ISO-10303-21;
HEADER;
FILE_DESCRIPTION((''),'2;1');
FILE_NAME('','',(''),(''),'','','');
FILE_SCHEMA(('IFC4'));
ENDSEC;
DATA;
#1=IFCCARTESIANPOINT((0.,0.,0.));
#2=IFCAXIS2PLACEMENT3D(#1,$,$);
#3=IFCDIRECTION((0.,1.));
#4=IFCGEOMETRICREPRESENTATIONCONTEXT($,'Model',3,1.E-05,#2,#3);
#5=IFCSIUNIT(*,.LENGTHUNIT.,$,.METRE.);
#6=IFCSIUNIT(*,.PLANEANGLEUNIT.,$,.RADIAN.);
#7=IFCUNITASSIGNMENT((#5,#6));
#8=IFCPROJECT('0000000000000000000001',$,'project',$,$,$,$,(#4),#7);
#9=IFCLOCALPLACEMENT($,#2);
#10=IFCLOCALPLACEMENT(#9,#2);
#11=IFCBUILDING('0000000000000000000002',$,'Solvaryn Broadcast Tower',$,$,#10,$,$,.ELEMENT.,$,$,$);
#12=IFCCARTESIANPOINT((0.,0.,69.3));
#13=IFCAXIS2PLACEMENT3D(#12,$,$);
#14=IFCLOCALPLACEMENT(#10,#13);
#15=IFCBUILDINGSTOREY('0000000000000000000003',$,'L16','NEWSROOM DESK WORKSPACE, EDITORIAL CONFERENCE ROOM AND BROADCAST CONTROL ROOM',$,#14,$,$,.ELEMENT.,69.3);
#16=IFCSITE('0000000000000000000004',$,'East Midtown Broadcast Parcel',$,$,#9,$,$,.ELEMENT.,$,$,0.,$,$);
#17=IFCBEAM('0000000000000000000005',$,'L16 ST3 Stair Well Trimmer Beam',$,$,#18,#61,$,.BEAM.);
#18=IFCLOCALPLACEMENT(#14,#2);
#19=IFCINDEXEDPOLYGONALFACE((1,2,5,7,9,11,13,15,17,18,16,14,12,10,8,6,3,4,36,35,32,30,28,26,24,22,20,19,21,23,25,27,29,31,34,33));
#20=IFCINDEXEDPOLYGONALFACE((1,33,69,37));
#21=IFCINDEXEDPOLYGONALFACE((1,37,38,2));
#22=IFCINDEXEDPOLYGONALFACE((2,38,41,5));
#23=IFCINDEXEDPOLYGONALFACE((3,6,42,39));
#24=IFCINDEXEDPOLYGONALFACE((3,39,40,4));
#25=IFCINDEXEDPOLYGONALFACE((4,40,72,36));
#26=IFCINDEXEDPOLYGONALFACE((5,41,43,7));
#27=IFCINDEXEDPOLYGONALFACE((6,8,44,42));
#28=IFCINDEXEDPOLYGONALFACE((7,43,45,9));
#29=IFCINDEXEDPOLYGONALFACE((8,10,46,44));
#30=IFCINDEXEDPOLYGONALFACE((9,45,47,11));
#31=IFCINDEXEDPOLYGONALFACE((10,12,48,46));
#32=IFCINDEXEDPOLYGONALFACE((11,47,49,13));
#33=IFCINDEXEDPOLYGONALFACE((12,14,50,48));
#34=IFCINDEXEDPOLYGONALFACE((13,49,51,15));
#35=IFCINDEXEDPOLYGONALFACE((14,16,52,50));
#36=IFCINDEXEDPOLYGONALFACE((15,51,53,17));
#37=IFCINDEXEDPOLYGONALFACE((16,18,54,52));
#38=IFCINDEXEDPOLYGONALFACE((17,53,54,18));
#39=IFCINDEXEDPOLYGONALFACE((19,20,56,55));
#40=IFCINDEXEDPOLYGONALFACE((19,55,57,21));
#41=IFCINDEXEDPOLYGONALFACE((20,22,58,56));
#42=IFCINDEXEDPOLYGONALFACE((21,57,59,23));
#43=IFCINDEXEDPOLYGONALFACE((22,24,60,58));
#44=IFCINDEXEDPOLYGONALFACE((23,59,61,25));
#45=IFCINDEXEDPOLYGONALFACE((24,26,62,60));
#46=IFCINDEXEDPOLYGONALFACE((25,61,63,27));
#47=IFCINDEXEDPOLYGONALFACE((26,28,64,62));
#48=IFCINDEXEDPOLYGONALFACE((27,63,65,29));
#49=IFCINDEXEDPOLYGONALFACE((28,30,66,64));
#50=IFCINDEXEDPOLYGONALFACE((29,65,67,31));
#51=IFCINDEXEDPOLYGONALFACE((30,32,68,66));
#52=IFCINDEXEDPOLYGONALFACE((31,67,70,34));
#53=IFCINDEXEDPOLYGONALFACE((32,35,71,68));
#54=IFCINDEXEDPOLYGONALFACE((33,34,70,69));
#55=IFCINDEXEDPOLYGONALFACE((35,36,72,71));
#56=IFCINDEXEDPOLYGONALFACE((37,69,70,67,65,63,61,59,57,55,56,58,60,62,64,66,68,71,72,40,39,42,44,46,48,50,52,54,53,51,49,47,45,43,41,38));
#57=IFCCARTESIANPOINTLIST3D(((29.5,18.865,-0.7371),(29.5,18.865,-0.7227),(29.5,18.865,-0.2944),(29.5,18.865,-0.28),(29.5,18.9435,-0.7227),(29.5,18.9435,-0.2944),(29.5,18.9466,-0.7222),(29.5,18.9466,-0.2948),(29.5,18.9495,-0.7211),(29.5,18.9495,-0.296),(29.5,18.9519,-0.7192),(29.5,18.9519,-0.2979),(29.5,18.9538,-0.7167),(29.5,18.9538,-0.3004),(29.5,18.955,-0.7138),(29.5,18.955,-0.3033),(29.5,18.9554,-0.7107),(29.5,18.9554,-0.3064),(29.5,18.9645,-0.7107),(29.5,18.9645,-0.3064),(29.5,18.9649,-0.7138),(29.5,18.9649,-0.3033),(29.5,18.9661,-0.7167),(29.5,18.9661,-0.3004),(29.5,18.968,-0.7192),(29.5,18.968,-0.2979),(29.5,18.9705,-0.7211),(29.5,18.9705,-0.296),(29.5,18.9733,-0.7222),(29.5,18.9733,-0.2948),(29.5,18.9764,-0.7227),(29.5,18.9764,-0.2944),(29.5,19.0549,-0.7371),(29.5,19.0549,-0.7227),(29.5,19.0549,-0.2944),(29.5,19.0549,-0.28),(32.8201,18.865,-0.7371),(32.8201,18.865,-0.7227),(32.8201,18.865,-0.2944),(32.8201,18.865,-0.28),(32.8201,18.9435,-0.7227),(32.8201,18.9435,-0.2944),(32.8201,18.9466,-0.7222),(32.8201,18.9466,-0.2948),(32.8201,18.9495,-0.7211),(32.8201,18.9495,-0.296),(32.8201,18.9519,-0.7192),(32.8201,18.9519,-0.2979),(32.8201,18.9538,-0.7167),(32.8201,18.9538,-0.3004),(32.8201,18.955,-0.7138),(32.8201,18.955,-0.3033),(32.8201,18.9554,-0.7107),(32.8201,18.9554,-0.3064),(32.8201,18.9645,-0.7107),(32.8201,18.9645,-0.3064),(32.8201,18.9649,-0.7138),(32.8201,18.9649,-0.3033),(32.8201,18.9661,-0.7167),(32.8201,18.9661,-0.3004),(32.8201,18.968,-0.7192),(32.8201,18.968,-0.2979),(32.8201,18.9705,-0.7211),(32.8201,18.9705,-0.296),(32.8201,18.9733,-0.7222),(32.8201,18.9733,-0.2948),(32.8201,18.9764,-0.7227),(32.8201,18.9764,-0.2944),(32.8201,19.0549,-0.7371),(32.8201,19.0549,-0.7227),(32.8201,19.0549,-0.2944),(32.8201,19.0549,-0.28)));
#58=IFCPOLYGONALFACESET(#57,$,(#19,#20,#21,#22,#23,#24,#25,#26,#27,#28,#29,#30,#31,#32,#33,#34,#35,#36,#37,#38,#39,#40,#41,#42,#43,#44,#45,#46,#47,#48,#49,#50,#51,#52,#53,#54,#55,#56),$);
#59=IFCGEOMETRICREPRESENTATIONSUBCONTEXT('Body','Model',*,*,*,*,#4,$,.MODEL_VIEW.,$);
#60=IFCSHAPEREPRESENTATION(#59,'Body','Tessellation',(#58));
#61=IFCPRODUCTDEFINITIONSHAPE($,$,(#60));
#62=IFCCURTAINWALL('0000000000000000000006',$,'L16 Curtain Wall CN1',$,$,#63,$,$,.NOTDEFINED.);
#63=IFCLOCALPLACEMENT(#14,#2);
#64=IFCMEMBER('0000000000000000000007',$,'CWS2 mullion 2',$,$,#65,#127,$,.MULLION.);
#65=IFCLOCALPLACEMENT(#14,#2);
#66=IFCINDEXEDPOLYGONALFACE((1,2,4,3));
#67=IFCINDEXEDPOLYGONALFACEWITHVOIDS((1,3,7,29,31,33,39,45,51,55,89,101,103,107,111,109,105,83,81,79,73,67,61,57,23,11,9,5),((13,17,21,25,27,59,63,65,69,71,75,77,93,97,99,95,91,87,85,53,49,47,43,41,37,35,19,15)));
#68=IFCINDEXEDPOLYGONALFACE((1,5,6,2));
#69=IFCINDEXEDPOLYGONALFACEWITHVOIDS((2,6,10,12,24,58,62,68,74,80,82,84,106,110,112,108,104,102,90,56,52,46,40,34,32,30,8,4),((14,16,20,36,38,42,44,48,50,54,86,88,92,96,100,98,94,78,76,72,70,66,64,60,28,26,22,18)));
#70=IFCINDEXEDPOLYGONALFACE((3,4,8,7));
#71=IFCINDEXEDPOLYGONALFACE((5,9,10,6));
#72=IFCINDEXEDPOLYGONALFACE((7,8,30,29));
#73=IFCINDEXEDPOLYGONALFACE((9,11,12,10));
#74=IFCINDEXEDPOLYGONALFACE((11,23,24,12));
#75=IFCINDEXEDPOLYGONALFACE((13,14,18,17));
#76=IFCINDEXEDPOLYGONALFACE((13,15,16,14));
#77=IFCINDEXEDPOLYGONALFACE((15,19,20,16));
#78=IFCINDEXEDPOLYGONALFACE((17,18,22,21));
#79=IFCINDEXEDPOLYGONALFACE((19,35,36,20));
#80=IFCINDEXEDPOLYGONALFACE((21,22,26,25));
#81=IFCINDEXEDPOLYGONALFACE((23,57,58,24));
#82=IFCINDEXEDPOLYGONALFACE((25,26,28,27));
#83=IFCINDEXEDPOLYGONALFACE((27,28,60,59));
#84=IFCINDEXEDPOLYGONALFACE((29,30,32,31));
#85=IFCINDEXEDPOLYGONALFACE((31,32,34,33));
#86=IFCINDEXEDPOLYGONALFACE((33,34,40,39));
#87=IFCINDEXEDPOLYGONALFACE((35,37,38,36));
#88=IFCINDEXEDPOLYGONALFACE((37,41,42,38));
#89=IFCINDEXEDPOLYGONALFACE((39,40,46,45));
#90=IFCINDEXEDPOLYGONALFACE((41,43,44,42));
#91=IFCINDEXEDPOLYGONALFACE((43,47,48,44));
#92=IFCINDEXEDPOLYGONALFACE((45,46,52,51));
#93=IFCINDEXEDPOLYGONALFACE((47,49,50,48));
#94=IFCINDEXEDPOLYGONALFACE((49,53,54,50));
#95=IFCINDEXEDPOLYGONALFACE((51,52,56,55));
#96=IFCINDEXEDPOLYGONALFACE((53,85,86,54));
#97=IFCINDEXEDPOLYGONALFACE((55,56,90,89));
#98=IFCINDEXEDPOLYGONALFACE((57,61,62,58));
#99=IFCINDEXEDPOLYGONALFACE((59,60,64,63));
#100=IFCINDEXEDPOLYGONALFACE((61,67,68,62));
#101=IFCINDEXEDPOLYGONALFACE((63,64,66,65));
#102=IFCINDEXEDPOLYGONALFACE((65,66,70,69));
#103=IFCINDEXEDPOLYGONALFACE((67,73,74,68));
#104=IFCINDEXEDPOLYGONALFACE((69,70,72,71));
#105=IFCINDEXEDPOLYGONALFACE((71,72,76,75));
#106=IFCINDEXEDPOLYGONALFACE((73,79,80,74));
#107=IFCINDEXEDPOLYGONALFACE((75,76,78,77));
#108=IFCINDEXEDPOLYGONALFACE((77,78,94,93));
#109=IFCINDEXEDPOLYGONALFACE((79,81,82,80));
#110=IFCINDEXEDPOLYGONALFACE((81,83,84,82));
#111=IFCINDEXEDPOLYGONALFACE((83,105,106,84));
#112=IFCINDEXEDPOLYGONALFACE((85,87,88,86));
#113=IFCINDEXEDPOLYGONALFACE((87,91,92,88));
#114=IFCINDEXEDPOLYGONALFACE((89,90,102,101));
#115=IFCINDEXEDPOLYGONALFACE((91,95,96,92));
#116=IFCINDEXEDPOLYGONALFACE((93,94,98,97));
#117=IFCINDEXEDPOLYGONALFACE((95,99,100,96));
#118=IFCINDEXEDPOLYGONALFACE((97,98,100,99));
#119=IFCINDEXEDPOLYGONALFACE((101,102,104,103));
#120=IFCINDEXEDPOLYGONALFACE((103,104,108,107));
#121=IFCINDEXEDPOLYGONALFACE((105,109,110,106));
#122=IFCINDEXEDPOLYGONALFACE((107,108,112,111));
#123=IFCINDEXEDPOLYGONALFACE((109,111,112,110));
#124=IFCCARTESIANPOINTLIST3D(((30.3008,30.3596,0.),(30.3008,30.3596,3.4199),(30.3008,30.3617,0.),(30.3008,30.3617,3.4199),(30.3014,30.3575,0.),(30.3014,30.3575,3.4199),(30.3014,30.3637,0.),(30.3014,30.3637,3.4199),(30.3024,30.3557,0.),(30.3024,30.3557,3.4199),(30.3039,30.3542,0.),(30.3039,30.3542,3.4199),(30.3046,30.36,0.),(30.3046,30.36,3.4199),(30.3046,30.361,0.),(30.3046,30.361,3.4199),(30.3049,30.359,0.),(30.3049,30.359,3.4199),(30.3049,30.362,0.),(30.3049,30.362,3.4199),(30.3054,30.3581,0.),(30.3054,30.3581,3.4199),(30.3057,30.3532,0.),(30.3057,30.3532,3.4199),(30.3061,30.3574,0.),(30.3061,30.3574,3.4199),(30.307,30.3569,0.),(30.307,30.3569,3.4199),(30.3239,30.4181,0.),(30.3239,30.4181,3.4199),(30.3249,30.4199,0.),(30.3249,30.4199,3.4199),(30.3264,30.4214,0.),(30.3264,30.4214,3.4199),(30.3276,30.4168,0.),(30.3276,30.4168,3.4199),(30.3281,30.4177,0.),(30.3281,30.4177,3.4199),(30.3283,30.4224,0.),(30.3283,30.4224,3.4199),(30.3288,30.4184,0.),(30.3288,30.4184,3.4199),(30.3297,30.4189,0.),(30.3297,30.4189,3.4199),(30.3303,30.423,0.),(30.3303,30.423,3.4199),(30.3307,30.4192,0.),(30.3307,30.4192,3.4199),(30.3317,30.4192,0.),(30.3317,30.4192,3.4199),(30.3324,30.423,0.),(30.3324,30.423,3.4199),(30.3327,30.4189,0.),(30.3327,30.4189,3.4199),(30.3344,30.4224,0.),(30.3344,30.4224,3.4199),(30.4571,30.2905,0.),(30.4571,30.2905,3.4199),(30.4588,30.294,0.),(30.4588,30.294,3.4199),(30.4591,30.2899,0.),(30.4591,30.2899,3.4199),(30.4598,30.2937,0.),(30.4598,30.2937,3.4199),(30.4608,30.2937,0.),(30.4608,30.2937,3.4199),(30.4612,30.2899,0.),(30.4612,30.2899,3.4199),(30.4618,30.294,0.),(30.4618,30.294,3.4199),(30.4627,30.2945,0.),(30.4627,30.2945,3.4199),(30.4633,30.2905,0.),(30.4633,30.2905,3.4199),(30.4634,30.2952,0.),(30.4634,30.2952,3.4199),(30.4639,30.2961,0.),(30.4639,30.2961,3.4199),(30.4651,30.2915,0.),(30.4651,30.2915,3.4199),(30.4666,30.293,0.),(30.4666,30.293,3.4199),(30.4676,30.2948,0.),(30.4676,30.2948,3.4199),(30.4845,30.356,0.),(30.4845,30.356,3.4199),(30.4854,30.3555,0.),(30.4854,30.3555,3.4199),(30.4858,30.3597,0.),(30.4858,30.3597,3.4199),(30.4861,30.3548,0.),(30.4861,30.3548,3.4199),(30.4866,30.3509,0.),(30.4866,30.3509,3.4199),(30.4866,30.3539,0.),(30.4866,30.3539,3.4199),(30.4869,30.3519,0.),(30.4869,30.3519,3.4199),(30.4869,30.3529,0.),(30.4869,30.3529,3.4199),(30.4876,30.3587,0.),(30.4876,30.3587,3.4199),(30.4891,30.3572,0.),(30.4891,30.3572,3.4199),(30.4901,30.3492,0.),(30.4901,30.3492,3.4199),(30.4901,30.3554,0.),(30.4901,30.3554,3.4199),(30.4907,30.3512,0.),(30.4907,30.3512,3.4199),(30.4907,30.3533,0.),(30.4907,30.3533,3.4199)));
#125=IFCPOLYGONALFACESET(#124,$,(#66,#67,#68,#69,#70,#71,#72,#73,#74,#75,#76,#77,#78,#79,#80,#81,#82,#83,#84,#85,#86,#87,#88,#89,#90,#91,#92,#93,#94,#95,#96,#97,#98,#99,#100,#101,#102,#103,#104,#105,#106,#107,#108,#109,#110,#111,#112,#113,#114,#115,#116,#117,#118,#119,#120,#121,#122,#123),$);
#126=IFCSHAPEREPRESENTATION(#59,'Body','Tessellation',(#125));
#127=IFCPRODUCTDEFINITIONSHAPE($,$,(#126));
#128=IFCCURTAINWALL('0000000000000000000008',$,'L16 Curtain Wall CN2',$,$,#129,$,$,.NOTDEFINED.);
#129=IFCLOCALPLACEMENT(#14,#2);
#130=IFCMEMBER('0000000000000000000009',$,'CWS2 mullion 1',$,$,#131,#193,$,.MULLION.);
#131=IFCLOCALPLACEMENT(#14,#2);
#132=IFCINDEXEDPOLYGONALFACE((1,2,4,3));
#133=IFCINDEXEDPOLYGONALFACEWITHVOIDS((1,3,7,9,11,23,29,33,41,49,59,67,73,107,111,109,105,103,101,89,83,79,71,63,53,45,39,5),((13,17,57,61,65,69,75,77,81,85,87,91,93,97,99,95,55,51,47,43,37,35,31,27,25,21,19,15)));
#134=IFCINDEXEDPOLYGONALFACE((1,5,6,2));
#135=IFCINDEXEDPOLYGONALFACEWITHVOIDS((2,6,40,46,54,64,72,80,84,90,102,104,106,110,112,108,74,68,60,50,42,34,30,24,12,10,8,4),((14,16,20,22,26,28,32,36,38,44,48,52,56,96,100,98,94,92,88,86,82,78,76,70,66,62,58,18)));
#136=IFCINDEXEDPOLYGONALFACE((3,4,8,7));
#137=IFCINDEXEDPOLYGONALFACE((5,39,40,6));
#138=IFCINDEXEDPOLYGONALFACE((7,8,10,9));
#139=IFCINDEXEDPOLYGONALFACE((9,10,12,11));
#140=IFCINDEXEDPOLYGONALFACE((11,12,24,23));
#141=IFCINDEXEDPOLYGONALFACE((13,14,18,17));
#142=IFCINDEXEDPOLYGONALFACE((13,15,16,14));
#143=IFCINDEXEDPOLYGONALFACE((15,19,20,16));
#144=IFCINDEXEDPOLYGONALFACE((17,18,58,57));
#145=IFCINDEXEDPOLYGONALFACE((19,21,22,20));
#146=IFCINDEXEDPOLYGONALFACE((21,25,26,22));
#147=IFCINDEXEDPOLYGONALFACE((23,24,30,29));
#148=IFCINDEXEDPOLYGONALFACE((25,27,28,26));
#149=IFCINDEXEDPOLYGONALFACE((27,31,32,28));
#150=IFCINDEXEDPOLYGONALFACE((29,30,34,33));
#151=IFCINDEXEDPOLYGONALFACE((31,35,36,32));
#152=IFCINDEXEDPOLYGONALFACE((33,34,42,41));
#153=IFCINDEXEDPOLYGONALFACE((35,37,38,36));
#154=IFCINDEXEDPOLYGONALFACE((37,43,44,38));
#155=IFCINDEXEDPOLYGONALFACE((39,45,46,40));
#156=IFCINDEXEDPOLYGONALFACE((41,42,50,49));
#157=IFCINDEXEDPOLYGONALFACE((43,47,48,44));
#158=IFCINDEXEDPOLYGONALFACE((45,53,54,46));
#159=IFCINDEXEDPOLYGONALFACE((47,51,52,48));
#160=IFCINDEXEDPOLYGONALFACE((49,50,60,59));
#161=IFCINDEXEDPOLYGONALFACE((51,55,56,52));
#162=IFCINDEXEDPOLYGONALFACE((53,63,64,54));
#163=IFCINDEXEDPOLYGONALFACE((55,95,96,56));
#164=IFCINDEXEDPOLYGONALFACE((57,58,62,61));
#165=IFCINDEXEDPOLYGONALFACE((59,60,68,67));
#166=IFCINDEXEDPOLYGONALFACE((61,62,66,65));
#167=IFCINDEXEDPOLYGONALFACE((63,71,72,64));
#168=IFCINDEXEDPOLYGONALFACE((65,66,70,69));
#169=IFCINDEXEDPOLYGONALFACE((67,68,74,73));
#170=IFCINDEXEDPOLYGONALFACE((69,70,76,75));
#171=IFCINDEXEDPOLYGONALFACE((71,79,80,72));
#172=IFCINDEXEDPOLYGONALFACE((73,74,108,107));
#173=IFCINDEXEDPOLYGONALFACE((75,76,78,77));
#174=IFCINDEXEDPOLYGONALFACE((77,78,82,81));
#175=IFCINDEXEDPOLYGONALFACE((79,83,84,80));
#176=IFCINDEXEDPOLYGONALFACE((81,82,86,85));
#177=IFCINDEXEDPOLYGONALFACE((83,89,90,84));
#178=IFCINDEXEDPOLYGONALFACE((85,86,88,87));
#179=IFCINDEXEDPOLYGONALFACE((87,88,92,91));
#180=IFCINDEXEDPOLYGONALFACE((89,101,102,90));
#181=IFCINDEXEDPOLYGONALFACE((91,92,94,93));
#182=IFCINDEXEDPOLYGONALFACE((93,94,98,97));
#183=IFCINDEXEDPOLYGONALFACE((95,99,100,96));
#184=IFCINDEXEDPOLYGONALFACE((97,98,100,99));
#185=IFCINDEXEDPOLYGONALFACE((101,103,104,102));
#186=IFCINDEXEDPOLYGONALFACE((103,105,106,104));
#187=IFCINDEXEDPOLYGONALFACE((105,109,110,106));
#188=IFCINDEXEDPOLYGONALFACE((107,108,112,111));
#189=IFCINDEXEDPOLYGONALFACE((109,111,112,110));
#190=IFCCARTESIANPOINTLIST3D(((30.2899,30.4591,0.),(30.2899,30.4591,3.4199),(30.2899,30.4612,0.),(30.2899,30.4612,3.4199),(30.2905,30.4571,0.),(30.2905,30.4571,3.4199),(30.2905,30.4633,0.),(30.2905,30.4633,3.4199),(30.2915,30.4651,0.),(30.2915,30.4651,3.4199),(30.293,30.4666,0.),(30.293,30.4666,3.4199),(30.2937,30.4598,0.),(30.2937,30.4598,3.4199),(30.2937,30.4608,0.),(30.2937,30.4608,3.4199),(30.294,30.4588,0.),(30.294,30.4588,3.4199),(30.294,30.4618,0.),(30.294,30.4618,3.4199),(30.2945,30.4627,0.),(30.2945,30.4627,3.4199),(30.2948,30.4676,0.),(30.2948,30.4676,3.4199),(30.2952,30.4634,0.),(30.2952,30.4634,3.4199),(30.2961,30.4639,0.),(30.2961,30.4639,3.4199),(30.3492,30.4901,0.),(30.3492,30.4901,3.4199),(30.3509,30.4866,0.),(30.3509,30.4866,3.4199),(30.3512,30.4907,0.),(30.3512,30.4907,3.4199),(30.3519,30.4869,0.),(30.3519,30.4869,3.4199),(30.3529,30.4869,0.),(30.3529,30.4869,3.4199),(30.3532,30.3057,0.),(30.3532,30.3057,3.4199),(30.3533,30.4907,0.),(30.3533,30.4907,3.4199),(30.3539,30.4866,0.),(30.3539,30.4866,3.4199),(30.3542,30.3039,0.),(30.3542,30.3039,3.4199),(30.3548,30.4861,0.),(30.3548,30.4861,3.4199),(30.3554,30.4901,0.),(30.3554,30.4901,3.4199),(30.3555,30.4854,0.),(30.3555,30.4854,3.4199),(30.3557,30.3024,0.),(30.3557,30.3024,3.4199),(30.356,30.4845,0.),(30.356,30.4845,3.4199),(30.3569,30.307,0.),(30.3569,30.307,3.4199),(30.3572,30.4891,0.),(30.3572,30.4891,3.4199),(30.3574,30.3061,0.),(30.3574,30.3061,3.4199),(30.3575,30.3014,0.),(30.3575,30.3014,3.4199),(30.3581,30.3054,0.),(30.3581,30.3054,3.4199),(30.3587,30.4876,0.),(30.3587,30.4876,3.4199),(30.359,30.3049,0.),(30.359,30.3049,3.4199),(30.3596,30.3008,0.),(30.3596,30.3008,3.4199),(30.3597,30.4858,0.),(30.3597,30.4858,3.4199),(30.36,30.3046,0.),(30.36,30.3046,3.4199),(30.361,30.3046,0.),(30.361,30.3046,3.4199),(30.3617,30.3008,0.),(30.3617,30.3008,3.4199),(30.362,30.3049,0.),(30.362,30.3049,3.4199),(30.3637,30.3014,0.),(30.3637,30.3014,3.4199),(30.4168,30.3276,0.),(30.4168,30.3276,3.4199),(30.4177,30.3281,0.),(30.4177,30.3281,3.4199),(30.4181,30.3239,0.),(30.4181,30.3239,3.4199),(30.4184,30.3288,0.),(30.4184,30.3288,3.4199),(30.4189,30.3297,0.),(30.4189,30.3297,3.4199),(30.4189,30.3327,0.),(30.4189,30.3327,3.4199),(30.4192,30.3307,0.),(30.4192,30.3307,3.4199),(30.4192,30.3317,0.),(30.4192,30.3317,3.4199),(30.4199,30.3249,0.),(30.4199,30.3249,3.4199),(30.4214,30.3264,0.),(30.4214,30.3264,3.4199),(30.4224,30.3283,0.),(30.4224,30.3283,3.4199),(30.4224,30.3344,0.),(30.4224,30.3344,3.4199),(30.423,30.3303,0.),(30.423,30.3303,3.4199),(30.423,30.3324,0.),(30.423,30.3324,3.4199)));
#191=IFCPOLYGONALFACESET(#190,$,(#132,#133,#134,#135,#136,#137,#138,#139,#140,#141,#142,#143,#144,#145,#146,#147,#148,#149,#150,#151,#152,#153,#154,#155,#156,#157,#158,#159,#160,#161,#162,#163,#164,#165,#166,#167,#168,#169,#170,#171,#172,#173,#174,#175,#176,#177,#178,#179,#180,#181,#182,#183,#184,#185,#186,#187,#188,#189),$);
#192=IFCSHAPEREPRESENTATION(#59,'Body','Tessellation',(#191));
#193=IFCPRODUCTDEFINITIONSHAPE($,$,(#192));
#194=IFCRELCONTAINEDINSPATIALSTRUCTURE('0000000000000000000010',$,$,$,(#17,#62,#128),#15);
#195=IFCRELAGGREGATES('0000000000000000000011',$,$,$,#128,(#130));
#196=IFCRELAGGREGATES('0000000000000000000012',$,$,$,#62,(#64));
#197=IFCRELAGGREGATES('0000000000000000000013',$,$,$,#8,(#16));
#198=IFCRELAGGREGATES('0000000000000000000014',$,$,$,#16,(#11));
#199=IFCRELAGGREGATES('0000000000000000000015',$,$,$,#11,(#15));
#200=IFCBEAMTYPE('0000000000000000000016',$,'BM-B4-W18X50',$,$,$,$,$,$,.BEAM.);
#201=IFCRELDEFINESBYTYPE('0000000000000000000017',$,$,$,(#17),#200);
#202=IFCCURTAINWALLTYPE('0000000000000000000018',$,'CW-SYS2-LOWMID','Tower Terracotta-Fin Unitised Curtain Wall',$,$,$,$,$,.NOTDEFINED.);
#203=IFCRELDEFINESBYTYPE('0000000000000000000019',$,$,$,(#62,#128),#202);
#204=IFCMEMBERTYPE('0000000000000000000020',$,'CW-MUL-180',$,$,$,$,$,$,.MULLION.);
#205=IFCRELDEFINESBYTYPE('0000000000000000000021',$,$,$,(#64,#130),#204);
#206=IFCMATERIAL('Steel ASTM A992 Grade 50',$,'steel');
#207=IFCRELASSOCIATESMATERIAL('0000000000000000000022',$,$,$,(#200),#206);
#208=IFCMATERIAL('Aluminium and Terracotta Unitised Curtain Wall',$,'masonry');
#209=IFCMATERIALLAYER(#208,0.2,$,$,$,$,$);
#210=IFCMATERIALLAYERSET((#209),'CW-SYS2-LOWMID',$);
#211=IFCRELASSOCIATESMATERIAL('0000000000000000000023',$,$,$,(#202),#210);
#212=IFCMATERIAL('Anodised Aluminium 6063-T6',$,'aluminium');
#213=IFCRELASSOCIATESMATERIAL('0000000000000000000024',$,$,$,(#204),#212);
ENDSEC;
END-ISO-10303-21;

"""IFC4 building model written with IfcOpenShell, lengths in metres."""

from ifc_helpers import new_model, si_unit, direction, frame, origin, origin_2d, place, context, subcontext, project, spatial, hollow_rectangle, i_section, extrude, material, layer, layer_set, material_profile, profile_set, type_object, element, aggregate, save


model = new_model("IFC4")

# Units and contexts
model_context = context("Model", 3, precision=1e-05, world=origin(), true_north=direction((0.0, 1.0)))
body_context = subcontext(model_context, "Body", "Model", "MODEL_VIEW")
ifc_project = project(units=[si_unit("LENGTHUNIT", "METRE"), si_unit("PLANEANGLEUNIT", "RADIAN")], contexts=[model_context])

# Site, building, storey
site_placement = place(None, origin())
site = spatial("IfcSite", under=ifc_project, at=site_placement, Name="East Midtown Broadcast Parcel", CompositionType="ELEMENT", RefElevation=0.0)
building_placement = place(site_placement, origin())
building = spatial("IfcBuilding", under=site, at=building_placement, Name="Solvaryn Broadcast Tower", CompositionType="ELEMENT")
storey_placement = place(building_placement, frame((0.0, 0.0, 69.3)))
storey = spatial("IfcBuildingStorey", under=building, at=storey_placement, Name="L16", Description="NEWSROOM DESK WORKSPACE, EDITORIAL CONFERENCE ROOM AND BROADCAST CONTROL ROOM", CompositionType="ELEMENT", Elevation=69.3)

# Beam
ifc_material_1 = material(Name="Steel ASTM A992 Grade 50", Category="steel")
ifc_material_profile_1 = material_profile(ifc_material_1, i_section(OverallWidth=0.1899, OverallDepth=0.457, WebThickness=0.009, FlangeThickness=0.0144, FilletRadius=0.012, at=origin_2d()))
ifc_profile_set_1 = profile_set([ifc_material_profile_1], Name="Steel ASTM A992 Grade 50")
beam_type_1 = type_object("IfcBeamType", Name="BM-B4-W18X50", PredefinedType="BEAM", material=ifc_profile_set_1)
beam_1_placement = place(storey_placement, frame((29.5, 18.96, -0.5085), z_axis=(1.0, 0.0, 0.0), x_axis=(0.0, 1.0, 0.0)))
element("IfcBeam", 1, at=beam_1_placement, inside=storey, type_object=beam_type_1, Name="L16 ST3 Stair Well Trimmer Beam", PredefinedType="BEAM", context=body_context, shape_type="SweptSolid", body=[
    extrude(i_section(OverallWidth=0.1899, OverallDepth=0.457, WebThickness=0.009, FlangeThickness=0.0144, FilletRadius=0.012, at=origin_2d()), origin(), (0.0, 0.0, 1.0), 3.3201),
])

# Curtain wall, member
ifc_material_2 = material(Name="Aluminium and Terracotta Unitised Curtain Wall", Category="masonry")
ifc_layer_1 = layer(ifc_material_2, 0.2)
ifc_layer_set_1 = layer_set([ifc_layer_1], Name="CW-SYS2-LOWMID")
curtain_wall_type = type_object("IfcCurtainWallType", Name="CW-SYS2-LOWMID", Description="Tower Terracotta-Fin Unitised Curtain Wall", PredefinedType="NOTDEFINED", material=ifc_layer_set_1)
curtain_wall_1_placement = place(storey_placement, origin())
curtain_wall_1 = element("IfcCurtainWall", 2, at=curtain_wall_1_placement, inside=storey, type_object=curtain_wall_type, Name="L16 Curtain Wall CN1", PredefinedType="NOTDEFINED")
ifc_material_3 = material(Name="Anodised Aluminium 6063-T6", Category="aluminium")
ifc_material_profile_2 = material_profile(ifc_material_3, hollow_rectangle(XDim=0.075, YDim=0.1799, WallThickness=0.0039, InnerFilletRadius=0.0039, OuterFilletRadius=0.0081, at=origin_2d()))
ifc_profile_set_2 = profile_set([ifc_material_profile_2], Name="Anodised Aluminium 6063-T6")
member_type_1 = type_object("IfcMemberType", Name="CW-MUL-180", PredefinedType="MULLION", material=ifc_profile_set_2)
member_1_placement = place(storey_placement, frame((30.3958, 30.3564, 0.0), z_axis=(0.0, 0.0, 1.0), x_axis=(-0.382646, -0.923895, 0.0)))
member_1 = element("IfcMember", 3, at=member_1_placement, type_object=member_type_1, Name="CWS2 mullion 2", PredefinedType="MULLION", context=body_context, shape_type="SweptSolid", body=[
    extrude(hollow_rectangle(XDim=0.075, YDim=0.1799, WallThickness=0.0039, InnerFilletRadius=0.0039, OuterFilletRadius=0.0081, at=origin_2d()), origin(), (0.0, 0.0, 1.0), 3.4199),
])

# Curtain wall, member
curtain_wall_2_placement = place(storey_placement, origin())
curtain_wall_2 = element("IfcCurtainWall", 4, at=curtain_wall_2_placement, inside=storey, type_object=curtain_wall_type, Name="L16 Curtain Wall CN2", PredefinedType="NOTDEFINED")
member_2_placement = place(storey_placement, frame((30.3564, 30.3958, 0.0), z_axis=(0.0, 0.0, 1.0), x_axis=(-0.923895, -0.382646, 0.0)))
member_2 = element("IfcMember", 5, at=member_2_placement, type_object=member_type_1, Name="CWS2 mullion 1", PredefinedType="MULLION", context=body_context, shape_type="SweptSolid", body=[
    extrude(hollow_rectangle(XDim=0.075, YDim=0.1799, WallThickness=0.0039, InnerFilletRadius=0.0039, OuterFilletRadius=0.0081, at=origin_2d()), origin(), (0.0, 0.0, 1.0), 3.4199),
])
aggregate(curtain_wall_2, [member_2])

aggregate(curtain_wall_1, [member_1])

save(model, "model.ifc")
